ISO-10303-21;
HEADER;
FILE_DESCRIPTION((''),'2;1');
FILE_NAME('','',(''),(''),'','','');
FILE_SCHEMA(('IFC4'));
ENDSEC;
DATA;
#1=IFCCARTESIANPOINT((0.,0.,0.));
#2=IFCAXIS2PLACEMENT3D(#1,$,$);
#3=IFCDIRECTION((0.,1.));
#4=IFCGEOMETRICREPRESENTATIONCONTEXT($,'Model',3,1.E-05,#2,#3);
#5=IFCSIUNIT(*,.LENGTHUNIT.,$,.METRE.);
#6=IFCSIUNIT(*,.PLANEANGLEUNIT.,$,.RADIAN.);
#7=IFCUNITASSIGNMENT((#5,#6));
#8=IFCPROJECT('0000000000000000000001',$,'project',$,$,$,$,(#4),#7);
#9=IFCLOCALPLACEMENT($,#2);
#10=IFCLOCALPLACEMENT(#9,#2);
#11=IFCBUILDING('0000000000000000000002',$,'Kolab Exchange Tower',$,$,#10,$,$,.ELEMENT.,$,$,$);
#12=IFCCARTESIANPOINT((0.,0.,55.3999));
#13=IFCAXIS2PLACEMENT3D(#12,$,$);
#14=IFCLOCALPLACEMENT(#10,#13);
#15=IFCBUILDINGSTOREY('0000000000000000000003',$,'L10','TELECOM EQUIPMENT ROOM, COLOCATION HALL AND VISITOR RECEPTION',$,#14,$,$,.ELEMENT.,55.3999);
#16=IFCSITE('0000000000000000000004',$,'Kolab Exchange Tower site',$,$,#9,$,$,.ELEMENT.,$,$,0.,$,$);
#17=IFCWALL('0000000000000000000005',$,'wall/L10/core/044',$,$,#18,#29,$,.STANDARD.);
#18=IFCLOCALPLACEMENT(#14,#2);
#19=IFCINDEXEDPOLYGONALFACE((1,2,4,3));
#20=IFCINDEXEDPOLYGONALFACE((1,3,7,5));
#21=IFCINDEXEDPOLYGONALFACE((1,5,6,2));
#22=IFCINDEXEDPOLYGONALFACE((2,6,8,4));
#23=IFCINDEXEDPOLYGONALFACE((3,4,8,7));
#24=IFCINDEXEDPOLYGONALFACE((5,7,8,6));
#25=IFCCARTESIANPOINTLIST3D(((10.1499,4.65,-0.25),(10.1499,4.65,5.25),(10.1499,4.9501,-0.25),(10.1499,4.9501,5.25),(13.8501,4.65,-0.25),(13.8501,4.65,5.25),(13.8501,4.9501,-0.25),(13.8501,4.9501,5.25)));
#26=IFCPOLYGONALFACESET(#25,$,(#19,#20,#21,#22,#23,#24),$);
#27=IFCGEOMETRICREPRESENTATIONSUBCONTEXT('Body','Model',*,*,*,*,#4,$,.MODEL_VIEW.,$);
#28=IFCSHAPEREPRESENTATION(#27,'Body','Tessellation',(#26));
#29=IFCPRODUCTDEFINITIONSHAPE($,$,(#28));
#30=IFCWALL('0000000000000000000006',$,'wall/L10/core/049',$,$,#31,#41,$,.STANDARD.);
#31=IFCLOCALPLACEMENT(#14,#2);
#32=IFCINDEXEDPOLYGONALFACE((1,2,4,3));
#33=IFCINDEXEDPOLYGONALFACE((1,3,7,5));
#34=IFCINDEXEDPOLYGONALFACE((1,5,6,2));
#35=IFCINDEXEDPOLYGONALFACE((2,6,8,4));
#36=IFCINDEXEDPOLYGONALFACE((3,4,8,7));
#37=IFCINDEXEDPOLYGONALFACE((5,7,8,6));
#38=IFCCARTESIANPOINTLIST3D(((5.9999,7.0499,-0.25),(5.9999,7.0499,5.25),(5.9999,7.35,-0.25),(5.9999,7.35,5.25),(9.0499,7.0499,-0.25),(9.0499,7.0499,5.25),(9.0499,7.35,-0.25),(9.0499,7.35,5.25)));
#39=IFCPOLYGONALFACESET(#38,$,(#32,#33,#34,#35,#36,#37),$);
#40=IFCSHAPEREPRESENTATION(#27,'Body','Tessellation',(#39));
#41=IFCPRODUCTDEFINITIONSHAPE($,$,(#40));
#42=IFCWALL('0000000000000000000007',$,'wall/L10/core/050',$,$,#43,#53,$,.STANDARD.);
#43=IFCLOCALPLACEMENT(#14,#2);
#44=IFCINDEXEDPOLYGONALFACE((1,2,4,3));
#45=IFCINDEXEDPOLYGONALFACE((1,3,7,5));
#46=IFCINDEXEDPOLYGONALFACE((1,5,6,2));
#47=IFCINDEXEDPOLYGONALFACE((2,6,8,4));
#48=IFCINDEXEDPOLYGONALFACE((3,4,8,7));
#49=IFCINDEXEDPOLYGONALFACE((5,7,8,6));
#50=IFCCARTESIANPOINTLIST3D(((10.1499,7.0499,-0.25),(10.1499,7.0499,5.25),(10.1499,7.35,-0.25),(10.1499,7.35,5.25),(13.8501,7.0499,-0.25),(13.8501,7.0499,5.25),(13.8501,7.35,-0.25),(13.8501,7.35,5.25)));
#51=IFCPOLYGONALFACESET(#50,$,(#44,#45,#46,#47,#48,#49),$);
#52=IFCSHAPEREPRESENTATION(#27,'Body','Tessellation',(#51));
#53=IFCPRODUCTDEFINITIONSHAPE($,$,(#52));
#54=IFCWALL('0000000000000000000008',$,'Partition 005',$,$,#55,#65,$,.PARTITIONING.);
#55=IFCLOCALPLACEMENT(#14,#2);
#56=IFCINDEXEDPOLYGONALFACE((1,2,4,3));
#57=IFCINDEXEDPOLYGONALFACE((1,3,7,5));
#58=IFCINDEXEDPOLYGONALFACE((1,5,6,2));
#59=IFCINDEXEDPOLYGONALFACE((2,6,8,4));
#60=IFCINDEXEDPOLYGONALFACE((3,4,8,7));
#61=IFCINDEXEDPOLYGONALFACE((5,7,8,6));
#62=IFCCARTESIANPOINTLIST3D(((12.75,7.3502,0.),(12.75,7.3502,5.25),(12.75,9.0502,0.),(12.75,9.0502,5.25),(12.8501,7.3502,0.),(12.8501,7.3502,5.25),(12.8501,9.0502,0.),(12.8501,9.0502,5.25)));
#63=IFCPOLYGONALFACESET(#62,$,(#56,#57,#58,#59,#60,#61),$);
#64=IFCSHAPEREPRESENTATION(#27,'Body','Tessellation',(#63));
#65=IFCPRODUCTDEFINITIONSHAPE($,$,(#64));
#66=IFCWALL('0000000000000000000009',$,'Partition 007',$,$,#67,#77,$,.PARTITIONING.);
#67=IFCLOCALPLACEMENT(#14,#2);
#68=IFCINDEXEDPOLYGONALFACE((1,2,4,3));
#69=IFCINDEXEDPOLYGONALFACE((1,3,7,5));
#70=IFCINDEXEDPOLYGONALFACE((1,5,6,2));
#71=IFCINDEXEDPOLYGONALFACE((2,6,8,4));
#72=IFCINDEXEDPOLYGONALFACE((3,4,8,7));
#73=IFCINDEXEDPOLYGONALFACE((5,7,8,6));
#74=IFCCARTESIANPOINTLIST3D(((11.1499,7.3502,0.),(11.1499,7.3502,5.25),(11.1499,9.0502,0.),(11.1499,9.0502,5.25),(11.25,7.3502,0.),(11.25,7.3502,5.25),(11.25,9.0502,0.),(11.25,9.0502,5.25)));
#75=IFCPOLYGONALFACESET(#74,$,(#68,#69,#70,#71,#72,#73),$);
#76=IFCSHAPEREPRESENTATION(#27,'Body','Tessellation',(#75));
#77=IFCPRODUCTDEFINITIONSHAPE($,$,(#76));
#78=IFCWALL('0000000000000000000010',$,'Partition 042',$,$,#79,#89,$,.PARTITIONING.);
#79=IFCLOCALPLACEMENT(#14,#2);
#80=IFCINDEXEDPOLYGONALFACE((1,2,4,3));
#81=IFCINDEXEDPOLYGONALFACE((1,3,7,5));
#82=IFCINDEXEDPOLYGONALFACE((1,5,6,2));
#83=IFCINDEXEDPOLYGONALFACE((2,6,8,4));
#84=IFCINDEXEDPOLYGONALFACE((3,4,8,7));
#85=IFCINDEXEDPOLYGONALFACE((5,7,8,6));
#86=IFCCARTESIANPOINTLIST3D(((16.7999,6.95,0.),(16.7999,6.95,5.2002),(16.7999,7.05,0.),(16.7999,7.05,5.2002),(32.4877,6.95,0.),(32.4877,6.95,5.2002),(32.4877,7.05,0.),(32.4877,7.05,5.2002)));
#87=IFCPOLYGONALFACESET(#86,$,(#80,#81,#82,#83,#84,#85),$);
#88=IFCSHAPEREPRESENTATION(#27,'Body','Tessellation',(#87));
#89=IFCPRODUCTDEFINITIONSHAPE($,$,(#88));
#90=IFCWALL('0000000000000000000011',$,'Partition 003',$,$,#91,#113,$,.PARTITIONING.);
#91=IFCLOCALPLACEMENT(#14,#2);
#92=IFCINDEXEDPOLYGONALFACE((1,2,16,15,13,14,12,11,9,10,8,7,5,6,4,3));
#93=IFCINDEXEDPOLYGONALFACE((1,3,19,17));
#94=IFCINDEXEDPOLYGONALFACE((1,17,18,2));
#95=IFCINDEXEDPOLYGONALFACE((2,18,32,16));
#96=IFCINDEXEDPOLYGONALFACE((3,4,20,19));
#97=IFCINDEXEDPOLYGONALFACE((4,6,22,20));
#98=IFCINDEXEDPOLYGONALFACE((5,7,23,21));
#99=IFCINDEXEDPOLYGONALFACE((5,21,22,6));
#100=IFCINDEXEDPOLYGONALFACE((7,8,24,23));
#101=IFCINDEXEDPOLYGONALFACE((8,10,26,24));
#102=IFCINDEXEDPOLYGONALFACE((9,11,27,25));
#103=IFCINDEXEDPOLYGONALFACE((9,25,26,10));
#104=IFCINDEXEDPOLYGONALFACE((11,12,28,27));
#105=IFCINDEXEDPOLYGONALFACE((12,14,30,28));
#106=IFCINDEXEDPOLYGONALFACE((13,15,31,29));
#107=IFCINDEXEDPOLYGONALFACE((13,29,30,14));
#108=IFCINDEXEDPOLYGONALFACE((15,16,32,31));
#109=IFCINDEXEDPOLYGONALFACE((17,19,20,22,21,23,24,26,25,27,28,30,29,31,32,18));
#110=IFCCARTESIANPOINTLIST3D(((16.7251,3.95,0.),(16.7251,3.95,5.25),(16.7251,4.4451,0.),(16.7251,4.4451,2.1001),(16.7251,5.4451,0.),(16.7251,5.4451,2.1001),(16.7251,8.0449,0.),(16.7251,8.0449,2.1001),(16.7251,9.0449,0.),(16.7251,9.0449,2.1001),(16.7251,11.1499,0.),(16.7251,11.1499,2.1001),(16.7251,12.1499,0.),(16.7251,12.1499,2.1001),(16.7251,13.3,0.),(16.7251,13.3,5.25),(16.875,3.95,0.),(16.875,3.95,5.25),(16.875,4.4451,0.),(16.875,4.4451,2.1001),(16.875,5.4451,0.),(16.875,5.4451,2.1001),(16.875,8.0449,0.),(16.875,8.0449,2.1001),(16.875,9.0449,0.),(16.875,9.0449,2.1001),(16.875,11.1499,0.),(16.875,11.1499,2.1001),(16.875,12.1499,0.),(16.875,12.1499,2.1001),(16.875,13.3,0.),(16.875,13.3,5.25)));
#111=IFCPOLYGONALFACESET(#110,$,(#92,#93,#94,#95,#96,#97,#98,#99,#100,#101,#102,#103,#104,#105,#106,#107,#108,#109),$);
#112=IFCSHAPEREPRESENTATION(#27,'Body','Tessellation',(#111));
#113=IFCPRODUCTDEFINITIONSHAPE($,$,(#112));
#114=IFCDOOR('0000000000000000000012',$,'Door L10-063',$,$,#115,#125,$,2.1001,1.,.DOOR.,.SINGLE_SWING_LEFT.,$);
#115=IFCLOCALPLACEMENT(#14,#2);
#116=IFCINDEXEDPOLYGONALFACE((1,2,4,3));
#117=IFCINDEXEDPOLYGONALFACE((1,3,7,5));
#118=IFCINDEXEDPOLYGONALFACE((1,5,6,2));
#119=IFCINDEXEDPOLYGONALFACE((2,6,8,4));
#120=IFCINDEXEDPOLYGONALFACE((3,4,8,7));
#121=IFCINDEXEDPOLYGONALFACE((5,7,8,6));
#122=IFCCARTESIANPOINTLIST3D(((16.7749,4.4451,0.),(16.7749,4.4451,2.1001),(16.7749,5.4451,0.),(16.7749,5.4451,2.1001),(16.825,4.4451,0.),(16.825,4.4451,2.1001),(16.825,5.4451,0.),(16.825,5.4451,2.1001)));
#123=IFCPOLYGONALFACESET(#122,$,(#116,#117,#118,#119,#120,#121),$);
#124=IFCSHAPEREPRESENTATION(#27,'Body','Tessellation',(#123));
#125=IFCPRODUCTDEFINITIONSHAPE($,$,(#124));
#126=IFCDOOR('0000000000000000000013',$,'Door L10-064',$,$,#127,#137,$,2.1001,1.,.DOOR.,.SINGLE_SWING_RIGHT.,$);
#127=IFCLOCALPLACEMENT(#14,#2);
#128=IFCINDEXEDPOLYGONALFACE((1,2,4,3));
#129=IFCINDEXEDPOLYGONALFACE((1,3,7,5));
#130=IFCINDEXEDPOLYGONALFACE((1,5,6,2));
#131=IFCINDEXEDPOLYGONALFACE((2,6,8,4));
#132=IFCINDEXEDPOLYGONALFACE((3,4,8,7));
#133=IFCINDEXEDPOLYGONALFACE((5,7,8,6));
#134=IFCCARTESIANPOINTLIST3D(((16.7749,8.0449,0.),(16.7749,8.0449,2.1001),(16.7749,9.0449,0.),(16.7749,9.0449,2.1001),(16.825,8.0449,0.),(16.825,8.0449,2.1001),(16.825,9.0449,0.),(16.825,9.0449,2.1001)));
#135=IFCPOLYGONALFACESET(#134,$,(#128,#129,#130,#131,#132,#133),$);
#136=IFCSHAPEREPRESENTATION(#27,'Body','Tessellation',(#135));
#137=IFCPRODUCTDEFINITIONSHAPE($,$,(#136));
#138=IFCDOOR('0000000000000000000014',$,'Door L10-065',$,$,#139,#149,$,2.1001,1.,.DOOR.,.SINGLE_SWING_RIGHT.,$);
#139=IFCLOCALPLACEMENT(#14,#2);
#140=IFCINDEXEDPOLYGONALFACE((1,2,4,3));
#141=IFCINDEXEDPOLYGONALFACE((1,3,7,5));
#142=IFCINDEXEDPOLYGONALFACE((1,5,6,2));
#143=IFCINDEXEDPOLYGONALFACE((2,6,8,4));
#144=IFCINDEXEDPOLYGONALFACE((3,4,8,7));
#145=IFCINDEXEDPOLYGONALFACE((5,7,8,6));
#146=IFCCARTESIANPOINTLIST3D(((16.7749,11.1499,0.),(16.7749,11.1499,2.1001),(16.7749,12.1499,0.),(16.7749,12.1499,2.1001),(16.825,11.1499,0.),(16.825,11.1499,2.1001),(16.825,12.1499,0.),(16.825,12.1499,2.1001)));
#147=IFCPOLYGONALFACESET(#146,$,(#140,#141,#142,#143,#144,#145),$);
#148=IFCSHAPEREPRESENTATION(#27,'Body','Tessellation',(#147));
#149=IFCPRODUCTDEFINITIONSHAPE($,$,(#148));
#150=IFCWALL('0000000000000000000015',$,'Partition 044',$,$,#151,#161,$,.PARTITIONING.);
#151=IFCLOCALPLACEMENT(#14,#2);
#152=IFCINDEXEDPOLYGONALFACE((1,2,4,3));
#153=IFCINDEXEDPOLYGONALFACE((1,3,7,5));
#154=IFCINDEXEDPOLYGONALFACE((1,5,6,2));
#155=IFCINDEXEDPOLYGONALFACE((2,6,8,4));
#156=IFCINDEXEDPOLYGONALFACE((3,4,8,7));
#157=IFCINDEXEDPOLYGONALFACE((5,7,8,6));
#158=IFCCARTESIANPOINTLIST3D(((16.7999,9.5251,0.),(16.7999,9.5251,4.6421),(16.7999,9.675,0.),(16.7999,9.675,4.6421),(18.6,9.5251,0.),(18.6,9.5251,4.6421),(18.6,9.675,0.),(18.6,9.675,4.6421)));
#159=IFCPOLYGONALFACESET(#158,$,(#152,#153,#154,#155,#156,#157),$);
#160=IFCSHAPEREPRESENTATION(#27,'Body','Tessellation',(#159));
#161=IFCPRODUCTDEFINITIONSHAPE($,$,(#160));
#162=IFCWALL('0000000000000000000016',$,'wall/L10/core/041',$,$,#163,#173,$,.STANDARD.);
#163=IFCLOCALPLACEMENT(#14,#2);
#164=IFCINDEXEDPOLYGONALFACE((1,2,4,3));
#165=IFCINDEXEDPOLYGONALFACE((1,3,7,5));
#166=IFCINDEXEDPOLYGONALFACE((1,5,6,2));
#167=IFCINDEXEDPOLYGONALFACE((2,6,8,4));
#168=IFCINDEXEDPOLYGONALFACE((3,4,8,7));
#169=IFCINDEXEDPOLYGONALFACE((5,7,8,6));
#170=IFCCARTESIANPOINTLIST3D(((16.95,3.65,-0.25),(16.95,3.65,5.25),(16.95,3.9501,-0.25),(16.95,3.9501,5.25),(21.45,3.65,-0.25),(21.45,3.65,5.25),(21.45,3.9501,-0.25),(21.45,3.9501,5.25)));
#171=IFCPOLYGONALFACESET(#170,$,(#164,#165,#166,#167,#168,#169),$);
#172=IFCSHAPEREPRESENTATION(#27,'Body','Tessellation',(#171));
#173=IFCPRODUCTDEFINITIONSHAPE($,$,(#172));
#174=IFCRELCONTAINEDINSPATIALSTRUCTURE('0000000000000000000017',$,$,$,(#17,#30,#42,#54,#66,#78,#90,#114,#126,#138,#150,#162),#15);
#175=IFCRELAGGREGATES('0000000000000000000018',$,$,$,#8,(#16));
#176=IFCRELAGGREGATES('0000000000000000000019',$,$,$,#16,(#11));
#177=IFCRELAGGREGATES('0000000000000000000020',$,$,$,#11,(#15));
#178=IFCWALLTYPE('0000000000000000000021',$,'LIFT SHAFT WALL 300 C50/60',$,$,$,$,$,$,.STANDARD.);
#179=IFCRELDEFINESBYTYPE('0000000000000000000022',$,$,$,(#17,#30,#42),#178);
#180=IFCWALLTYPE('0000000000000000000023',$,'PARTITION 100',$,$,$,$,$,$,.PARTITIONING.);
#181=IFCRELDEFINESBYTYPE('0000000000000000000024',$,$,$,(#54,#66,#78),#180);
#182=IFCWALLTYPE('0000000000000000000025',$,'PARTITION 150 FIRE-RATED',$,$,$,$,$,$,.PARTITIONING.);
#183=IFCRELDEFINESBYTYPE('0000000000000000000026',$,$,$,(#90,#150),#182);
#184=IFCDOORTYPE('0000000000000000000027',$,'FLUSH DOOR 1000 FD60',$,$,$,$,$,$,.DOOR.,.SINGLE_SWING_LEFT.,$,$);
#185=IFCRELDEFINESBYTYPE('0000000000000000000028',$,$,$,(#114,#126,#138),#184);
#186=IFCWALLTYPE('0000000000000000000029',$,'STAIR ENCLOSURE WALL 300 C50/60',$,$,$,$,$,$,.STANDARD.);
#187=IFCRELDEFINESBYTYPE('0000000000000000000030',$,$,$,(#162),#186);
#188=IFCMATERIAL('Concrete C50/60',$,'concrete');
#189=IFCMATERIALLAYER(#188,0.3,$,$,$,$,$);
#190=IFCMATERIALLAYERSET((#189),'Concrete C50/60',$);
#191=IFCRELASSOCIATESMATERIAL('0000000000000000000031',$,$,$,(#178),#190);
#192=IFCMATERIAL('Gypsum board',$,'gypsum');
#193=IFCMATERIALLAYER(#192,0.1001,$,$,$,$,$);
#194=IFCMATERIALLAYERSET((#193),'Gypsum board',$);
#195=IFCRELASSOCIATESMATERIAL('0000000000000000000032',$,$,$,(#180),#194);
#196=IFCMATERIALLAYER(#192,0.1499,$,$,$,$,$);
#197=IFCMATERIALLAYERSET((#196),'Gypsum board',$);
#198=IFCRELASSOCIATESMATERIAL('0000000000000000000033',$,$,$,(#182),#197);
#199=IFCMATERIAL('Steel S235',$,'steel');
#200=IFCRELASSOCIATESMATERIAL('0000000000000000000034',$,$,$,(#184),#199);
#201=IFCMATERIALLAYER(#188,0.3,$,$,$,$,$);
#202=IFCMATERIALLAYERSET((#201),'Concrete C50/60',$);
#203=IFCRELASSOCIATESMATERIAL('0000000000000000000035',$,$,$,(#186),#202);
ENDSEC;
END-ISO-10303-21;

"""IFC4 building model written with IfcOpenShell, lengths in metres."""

from ifc_helpers import new_model, si_unit, direction, frame, frame_2d, origin, place, context, subcontext, project, spatial, rectangle, extrude, material, layer, layer_set, type_object, element, fill, save


model = new_model("IFC4")

# Units and contexts
model_context = context("Model", 3, precision=1e-05, world=origin(), true_north=direction((0.0, 1.0)))
body_context = subcontext(model_context, "Body", "Model", "MODEL_VIEW")
ifc_project = project(units=[si_unit("LENGTHUNIT", "METRE"), si_unit("PLANEANGLEUNIT", "RADIAN")], contexts=[model_context])

# Site, building, storey
site_placement = place(None, origin())
site = spatial("IfcSite", under=ifc_project, at=site_placement, Name="Kolab Exchange Tower site", CompositionType="ELEMENT", RefElevation=0.0)
building_placement = place(site_placement, origin())
building = spatial("IfcBuilding", under=site, at=building_placement, Name="Kolab Exchange Tower", CompositionType="ELEMENT")
storey_placement = place(building_placement, frame((0.0, 0.0, 55.3999)))
storey = spatial("IfcBuildingStorey", under=building, at=storey_placement, Name="L10", Description="TELECOM EQUIPMENT ROOM, COLOCATION HALL AND VISITOR RECEPTION", CompositionType="ELEMENT", Elevation=55.3999)

# Shared definitions
ifc_material_1 = material(Name="Steel S235", Category="steel")

# Walls
ifc_material_2 = material(Name="Concrete C50/60", Category="concrete")
ifc_layer_1 = layer(ifc_material_2, 0.3)
ifc_layer_set_1 = layer_set([ifc_layer_1], Name="Concrete C50/60")
wall_type_1 = type_object("IfcWallType", Name="LIFT SHAFT WALL 300 C50/60", PredefinedType="STANDARD", material=ifc_layer_set_1)
wall_1_placement = place(storey_placement, frame((10.1499, 4.8, -0.25), z_axis=(0.0, 0.0, 1.0), x_axis=(1.0, 0.0, 0.0)))
element("IfcWall", 1, at=wall_1_placement, inside=storey, type_object=wall_type_1, Name="wall/L10/core/044", PredefinedType="STANDARD", context=body_context, shape_type="SweptSolid", body=[
    extrude(rectangle(XDim=3.7002, YDim=0.3, at=frame_2d((1.8501, 0.0))), origin(), (0.0, 0.0, 1.0), 5.5),
])
wall_2_placement = place(storey_placement, frame((6.0, 7.2, -0.25), z_axis=(0.0, 0.0, 1.0), x_axis=(1.0, 0.0, 0.0)))
element("IfcWall", 2, at=wall_2_placement, inside=storey, type_object=wall_type_1, Name="wall/L10/core/049", PredefinedType="STANDARD", context=body_context, shape_type="SweptSolid", body=[
    extrude(rectangle(XDim=3.05, YDim=0.3, at=frame_2d((1.5249, 0.0))), origin(), (0.0, 0.0, 1.0), 5.5),
])
wall_3_placement = place(storey_placement, frame((10.1499, 7.2, -0.25), z_axis=(0.0, 0.0, 1.0), x_axis=(1.0, 0.0, 0.0)))
element("IfcWall", 3, at=wall_3_placement, inside=storey, type_object=wall_type_1, Name="wall/L10/core/050", PredefinedType="STANDARD", context=body_context, shape_type="SweptSolid", body=[
    extrude(rectangle(XDim=3.7002, YDim=0.3, at=frame_2d((1.8501, 0.0))), origin(), (0.0, 0.0, 1.0), 5.5),
])
ifc_material_3 = material(Name="Gypsum board", Category="gypsum")
ifc_layer_2 = layer(ifc_material_3, 0.1001)
ifc_layer_set_2 = layer_set([ifc_layer_2], Name="Gypsum board")
wall_type_2 = type_object("IfcWallType", Name="PARTITION 100", PredefinedType="PARTITIONING", material=ifc_layer_set_2)
for number, where, z_axis, x_axis, name in (
    (4, (12.8, 7.3501, 0.0), (0.0, 0.0, 1.0), (0.0, 1.0, 0.0), "Partition 005"),
    (5, (11.2, 7.3501, 0.0), (0.0, 0.0, 1.0), (0.0, 1.0, 0.0), "Partition 007"),
):
    element("IfcWall", number, at=place(storey_placement, frame(where, z_axis=z_axis, x_axis=x_axis)), inside=storey, type_object=wall_type_2, Name=name, PredefinedType="PARTITIONING", context=body_context, shape_type="SweptSolid", body=[
        extrude(rectangle(XDim=1.7, YDim=0.1001, at=frame_2d((0.8501, 0.0))), origin(), (0.0, 0.0, 1.0), 5.25),
    ])
wall_4_placement = place(storey_placement, frame((16.8, 7.0, 0.0), z_axis=(0.0, 0.0, 1.0), x_axis=(1.0, 0.0, 0.0)))
element("IfcWall", 6, at=wall_4_placement, inside=storey, type_object=wall_type_2, Name="Partition 042", PredefinedType="PARTITIONING", context=body_context, shape_type="SweptSolid", body=[
    extrude(rectangle(XDim=15.6877, YDim=0.1001, at=frame_2d((7.8438, 0.0))), origin(), (0.0, 0.0, 1.0), 5.2002),
])

# Wall, openings, doors
ifc_layer_3 = layer(ifc_material_3, 0.1499)
ifc_layer_set_3 = layer_set([ifc_layer_3], Name="Gypsum board")
wall_type_3 = type_object("IfcWallType", Name="PARTITION 150 FIRE-RATED", PredefinedType="PARTITIONING", material=ifc_layer_set_3)
wall_5_placement = place(storey_placement, frame((16.8, 3.95, 0.0), z_axis=(0.0, 0.0, 1.0), x_axis=(0.0, 1.0, 0.0)))
wall_5 = element("IfcWall", 7, at=wall_5_placement, inside=storey, type_object=wall_type_3, Name="Partition 003", PredefinedType="PARTITIONING", context=body_context, shape_type="SweptSolid", body=[
    extrude(rectangle(XDim=9.3501, YDim=0.1499, at=frame_2d((4.675, 0.0))), origin(), (0.0, 0.0, 1.0), 5.25),
])
opening_1_placement = place(wall_5_placement, frame((0.4951, 0.0, 0.0)))
opening_1 = element("IfcOpeningElement", 8, at=opening_1_placement, cuts=wall_5, PredefinedType="OPENING", context=body_context, shape_type="SweptSolid", body=[
    extrude(rectangle(XDim=1.0, YDim=2.1001, at=frame_2d((0.5, 1.05))), frame((0.0, 0.085, 0.0), z_axis=(0.0, -1.0, 0.0), x_axis=(1.0, 0.0, 0.0)), (0.0, 0.0, 1.0), 0.1699),
])
opening_2_placement = place(wall_5_placement, frame((4.095, 0.0, 0.0)))
opening_2 = element("IfcOpeningElement", 9, at=opening_2_placement, cuts=wall_5, PredefinedType="OPENING", context=body_context, shape_type="SweptSolid", body=[
    extrude(rectangle(XDim=1.0, YDim=2.1001, at=frame_2d((0.5, 1.05))), frame((0.0, 0.085, 0.0), z_axis=(0.0, -1.0, 0.0), x_axis=(1.0, 0.0, 0.0)), (0.0, 0.0, 1.0), 0.1699),
])
opening_3_placement = place(wall_5_placement, frame((7.2, 0.0, 0.0)))
opening_3 = element("IfcOpeningElement", 10, at=opening_3_placement, cuts=wall_5, PredefinedType="OPENING", context=body_context, shape_type="SweptSolid", body=[
    extrude(rectangle(XDim=1.0, YDim=2.1001, at=frame_2d((0.5, 1.05))), frame((0.0, 0.085, 0.0), z_axis=(0.0, -1.0, 0.0), x_axis=(1.0, 0.0, 0.0)), (0.0, 0.0, 1.0), 0.1699),
])
door_type_1 = type_object("IfcDoorType", Name="FLUSH DOOR 1000 FD60", OperationType="SINGLE_SWING_LEFT", PredefinedType="DOOR", material=ifc_material_1)
door_1_placement = place(opening_1_placement, frame((1.0, 0.0, 0.0), z_axis=(0.0, 0.0, 1.0), x_axis=(-1.0, 0.0, 0.0)))
door_1 = element("IfcDoor", 11, at=door_1_placement, inside=storey, type_object=door_type_1, Name="Door L10-063", OperationType="SINGLE_SWING_LEFT", OverallHeight=2.1001, OverallWidth=1.0, PredefinedType="DOOR", context=body_context, shape_type="SweptSolid", body=[
    extrude(rectangle(XDim=1.0, YDim=2.1001, at=frame_2d((0.5, 1.05))), frame((0.0, 0.0249, 0.0), z_axis=(0.0, -1.0, 0.0), x_axis=(1.0, 0.0, 0.0)), (0.0, 0.0, 1.0), 0.05),
])
fill(opening_1, door_1)
door_2_placement = place(opening_2_placement, frame((1.0, 0.0, 0.0), z_axis=(0.0, 0.0, 1.0), x_axis=(-1.0, 0.0, 0.0)))
door_2 = element("IfcDoor", 12, at=door_2_placement, inside=storey, type_object=door_type_1, Name="Door L10-064", OperationType="SINGLE_SWING_RIGHT", OverallHeight=2.1001, OverallWidth=1.0, PredefinedType="DOOR", context=body_context, shape_type="SweptSolid", body=[
    extrude(rectangle(XDim=1.0, YDim=2.1001, at=frame_2d((0.5, 1.05))), frame((0.0, 0.0249, 0.0), z_axis=(0.0, -1.0, 0.0), x_axis=(1.0, 0.0, 0.0)), (0.0, 0.0, 1.0), 0.05),
])
fill(opening_2, door_2)
door_3_placement = place(opening_3_placement, frame((1.0, 0.0, 0.0), z_axis=(0.0, 0.0, 1.0), x_axis=(-1.0, 0.0, 0.0)))
door_3 = element("IfcDoor", 13, at=door_3_placement, inside=storey, type_object=door_type_1, Name="Door L10-065", OperationType="SINGLE_SWING_RIGHT", OverallHeight=2.1001, OverallWidth=1.0, PredefinedType="DOOR", context=body_context, shape_type="SweptSolid", body=[
    extrude(rectangle(XDim=1.0, YDim=2.1001, at=frame_2d((0.5, 1.05))), frame((0.0, 0.0249, 0.0), z_axis=(0.0, -1.0, 0.0), x_axis=(1.0, 0.0, 0.0)), (0.0, 0.0, 1.0), 0.05),
])
fill(opening_3, door_3)

# Walls
wall_6_placement = place(storey_placement, frame((16.8, 9.6001, 0.0), z_axis=(0.0, 0.0, 1.0), x_axis=(1.0, 0.0, 0.0)))
element("IfcWall", 14, at=wall_6_placement, inside=storey, type_object=wall_type_3, Name="Partition 044", PredefinedType="PARTITIONING", context=body_context, shape_type="SweptSolid", body=[
    extrude(rectangle(XDim=1.8, YDim=0.1499, at=frame_2d((0.8999, 0.0))), origin(), (0.0, 0.0, 1.0), 4.6421),
])
ifc_layer_4 = layer(ifc_material_2, 0.3)
ifc_layer_set_4 = layer_set([ifc_layer_4], Name="Concrete C50/60")
wall_type_4 = type_object("IfcWallType", Name="STAIR ENCLOSURE WALL 300 C50/60", PredefinedType="STANDARD", material=ifc_layer_set_4)
wall_7_placement = place(storey_placement, frame((16.95, 3.8, -0.25), z_axis=(0.0, 0.0, 1.0), x_axis=(1.0, 0.0, 0.0)))
element("IfcWall", 15, at=wall_7_placement, inside=storey, type_object=wall_type_4, Name="wall/L10/core/041", PredefinedType="STANDARD", context=body_context, shape_type="SweptSolid", body=[
    extrude(rectangle(XDim=4.5, YDim=0.3, at=frame_2d((2.25, 0.0))), origin(), (0.0, 0.0, 1.0), 5.5),
])

save(model, "model.ifc")
